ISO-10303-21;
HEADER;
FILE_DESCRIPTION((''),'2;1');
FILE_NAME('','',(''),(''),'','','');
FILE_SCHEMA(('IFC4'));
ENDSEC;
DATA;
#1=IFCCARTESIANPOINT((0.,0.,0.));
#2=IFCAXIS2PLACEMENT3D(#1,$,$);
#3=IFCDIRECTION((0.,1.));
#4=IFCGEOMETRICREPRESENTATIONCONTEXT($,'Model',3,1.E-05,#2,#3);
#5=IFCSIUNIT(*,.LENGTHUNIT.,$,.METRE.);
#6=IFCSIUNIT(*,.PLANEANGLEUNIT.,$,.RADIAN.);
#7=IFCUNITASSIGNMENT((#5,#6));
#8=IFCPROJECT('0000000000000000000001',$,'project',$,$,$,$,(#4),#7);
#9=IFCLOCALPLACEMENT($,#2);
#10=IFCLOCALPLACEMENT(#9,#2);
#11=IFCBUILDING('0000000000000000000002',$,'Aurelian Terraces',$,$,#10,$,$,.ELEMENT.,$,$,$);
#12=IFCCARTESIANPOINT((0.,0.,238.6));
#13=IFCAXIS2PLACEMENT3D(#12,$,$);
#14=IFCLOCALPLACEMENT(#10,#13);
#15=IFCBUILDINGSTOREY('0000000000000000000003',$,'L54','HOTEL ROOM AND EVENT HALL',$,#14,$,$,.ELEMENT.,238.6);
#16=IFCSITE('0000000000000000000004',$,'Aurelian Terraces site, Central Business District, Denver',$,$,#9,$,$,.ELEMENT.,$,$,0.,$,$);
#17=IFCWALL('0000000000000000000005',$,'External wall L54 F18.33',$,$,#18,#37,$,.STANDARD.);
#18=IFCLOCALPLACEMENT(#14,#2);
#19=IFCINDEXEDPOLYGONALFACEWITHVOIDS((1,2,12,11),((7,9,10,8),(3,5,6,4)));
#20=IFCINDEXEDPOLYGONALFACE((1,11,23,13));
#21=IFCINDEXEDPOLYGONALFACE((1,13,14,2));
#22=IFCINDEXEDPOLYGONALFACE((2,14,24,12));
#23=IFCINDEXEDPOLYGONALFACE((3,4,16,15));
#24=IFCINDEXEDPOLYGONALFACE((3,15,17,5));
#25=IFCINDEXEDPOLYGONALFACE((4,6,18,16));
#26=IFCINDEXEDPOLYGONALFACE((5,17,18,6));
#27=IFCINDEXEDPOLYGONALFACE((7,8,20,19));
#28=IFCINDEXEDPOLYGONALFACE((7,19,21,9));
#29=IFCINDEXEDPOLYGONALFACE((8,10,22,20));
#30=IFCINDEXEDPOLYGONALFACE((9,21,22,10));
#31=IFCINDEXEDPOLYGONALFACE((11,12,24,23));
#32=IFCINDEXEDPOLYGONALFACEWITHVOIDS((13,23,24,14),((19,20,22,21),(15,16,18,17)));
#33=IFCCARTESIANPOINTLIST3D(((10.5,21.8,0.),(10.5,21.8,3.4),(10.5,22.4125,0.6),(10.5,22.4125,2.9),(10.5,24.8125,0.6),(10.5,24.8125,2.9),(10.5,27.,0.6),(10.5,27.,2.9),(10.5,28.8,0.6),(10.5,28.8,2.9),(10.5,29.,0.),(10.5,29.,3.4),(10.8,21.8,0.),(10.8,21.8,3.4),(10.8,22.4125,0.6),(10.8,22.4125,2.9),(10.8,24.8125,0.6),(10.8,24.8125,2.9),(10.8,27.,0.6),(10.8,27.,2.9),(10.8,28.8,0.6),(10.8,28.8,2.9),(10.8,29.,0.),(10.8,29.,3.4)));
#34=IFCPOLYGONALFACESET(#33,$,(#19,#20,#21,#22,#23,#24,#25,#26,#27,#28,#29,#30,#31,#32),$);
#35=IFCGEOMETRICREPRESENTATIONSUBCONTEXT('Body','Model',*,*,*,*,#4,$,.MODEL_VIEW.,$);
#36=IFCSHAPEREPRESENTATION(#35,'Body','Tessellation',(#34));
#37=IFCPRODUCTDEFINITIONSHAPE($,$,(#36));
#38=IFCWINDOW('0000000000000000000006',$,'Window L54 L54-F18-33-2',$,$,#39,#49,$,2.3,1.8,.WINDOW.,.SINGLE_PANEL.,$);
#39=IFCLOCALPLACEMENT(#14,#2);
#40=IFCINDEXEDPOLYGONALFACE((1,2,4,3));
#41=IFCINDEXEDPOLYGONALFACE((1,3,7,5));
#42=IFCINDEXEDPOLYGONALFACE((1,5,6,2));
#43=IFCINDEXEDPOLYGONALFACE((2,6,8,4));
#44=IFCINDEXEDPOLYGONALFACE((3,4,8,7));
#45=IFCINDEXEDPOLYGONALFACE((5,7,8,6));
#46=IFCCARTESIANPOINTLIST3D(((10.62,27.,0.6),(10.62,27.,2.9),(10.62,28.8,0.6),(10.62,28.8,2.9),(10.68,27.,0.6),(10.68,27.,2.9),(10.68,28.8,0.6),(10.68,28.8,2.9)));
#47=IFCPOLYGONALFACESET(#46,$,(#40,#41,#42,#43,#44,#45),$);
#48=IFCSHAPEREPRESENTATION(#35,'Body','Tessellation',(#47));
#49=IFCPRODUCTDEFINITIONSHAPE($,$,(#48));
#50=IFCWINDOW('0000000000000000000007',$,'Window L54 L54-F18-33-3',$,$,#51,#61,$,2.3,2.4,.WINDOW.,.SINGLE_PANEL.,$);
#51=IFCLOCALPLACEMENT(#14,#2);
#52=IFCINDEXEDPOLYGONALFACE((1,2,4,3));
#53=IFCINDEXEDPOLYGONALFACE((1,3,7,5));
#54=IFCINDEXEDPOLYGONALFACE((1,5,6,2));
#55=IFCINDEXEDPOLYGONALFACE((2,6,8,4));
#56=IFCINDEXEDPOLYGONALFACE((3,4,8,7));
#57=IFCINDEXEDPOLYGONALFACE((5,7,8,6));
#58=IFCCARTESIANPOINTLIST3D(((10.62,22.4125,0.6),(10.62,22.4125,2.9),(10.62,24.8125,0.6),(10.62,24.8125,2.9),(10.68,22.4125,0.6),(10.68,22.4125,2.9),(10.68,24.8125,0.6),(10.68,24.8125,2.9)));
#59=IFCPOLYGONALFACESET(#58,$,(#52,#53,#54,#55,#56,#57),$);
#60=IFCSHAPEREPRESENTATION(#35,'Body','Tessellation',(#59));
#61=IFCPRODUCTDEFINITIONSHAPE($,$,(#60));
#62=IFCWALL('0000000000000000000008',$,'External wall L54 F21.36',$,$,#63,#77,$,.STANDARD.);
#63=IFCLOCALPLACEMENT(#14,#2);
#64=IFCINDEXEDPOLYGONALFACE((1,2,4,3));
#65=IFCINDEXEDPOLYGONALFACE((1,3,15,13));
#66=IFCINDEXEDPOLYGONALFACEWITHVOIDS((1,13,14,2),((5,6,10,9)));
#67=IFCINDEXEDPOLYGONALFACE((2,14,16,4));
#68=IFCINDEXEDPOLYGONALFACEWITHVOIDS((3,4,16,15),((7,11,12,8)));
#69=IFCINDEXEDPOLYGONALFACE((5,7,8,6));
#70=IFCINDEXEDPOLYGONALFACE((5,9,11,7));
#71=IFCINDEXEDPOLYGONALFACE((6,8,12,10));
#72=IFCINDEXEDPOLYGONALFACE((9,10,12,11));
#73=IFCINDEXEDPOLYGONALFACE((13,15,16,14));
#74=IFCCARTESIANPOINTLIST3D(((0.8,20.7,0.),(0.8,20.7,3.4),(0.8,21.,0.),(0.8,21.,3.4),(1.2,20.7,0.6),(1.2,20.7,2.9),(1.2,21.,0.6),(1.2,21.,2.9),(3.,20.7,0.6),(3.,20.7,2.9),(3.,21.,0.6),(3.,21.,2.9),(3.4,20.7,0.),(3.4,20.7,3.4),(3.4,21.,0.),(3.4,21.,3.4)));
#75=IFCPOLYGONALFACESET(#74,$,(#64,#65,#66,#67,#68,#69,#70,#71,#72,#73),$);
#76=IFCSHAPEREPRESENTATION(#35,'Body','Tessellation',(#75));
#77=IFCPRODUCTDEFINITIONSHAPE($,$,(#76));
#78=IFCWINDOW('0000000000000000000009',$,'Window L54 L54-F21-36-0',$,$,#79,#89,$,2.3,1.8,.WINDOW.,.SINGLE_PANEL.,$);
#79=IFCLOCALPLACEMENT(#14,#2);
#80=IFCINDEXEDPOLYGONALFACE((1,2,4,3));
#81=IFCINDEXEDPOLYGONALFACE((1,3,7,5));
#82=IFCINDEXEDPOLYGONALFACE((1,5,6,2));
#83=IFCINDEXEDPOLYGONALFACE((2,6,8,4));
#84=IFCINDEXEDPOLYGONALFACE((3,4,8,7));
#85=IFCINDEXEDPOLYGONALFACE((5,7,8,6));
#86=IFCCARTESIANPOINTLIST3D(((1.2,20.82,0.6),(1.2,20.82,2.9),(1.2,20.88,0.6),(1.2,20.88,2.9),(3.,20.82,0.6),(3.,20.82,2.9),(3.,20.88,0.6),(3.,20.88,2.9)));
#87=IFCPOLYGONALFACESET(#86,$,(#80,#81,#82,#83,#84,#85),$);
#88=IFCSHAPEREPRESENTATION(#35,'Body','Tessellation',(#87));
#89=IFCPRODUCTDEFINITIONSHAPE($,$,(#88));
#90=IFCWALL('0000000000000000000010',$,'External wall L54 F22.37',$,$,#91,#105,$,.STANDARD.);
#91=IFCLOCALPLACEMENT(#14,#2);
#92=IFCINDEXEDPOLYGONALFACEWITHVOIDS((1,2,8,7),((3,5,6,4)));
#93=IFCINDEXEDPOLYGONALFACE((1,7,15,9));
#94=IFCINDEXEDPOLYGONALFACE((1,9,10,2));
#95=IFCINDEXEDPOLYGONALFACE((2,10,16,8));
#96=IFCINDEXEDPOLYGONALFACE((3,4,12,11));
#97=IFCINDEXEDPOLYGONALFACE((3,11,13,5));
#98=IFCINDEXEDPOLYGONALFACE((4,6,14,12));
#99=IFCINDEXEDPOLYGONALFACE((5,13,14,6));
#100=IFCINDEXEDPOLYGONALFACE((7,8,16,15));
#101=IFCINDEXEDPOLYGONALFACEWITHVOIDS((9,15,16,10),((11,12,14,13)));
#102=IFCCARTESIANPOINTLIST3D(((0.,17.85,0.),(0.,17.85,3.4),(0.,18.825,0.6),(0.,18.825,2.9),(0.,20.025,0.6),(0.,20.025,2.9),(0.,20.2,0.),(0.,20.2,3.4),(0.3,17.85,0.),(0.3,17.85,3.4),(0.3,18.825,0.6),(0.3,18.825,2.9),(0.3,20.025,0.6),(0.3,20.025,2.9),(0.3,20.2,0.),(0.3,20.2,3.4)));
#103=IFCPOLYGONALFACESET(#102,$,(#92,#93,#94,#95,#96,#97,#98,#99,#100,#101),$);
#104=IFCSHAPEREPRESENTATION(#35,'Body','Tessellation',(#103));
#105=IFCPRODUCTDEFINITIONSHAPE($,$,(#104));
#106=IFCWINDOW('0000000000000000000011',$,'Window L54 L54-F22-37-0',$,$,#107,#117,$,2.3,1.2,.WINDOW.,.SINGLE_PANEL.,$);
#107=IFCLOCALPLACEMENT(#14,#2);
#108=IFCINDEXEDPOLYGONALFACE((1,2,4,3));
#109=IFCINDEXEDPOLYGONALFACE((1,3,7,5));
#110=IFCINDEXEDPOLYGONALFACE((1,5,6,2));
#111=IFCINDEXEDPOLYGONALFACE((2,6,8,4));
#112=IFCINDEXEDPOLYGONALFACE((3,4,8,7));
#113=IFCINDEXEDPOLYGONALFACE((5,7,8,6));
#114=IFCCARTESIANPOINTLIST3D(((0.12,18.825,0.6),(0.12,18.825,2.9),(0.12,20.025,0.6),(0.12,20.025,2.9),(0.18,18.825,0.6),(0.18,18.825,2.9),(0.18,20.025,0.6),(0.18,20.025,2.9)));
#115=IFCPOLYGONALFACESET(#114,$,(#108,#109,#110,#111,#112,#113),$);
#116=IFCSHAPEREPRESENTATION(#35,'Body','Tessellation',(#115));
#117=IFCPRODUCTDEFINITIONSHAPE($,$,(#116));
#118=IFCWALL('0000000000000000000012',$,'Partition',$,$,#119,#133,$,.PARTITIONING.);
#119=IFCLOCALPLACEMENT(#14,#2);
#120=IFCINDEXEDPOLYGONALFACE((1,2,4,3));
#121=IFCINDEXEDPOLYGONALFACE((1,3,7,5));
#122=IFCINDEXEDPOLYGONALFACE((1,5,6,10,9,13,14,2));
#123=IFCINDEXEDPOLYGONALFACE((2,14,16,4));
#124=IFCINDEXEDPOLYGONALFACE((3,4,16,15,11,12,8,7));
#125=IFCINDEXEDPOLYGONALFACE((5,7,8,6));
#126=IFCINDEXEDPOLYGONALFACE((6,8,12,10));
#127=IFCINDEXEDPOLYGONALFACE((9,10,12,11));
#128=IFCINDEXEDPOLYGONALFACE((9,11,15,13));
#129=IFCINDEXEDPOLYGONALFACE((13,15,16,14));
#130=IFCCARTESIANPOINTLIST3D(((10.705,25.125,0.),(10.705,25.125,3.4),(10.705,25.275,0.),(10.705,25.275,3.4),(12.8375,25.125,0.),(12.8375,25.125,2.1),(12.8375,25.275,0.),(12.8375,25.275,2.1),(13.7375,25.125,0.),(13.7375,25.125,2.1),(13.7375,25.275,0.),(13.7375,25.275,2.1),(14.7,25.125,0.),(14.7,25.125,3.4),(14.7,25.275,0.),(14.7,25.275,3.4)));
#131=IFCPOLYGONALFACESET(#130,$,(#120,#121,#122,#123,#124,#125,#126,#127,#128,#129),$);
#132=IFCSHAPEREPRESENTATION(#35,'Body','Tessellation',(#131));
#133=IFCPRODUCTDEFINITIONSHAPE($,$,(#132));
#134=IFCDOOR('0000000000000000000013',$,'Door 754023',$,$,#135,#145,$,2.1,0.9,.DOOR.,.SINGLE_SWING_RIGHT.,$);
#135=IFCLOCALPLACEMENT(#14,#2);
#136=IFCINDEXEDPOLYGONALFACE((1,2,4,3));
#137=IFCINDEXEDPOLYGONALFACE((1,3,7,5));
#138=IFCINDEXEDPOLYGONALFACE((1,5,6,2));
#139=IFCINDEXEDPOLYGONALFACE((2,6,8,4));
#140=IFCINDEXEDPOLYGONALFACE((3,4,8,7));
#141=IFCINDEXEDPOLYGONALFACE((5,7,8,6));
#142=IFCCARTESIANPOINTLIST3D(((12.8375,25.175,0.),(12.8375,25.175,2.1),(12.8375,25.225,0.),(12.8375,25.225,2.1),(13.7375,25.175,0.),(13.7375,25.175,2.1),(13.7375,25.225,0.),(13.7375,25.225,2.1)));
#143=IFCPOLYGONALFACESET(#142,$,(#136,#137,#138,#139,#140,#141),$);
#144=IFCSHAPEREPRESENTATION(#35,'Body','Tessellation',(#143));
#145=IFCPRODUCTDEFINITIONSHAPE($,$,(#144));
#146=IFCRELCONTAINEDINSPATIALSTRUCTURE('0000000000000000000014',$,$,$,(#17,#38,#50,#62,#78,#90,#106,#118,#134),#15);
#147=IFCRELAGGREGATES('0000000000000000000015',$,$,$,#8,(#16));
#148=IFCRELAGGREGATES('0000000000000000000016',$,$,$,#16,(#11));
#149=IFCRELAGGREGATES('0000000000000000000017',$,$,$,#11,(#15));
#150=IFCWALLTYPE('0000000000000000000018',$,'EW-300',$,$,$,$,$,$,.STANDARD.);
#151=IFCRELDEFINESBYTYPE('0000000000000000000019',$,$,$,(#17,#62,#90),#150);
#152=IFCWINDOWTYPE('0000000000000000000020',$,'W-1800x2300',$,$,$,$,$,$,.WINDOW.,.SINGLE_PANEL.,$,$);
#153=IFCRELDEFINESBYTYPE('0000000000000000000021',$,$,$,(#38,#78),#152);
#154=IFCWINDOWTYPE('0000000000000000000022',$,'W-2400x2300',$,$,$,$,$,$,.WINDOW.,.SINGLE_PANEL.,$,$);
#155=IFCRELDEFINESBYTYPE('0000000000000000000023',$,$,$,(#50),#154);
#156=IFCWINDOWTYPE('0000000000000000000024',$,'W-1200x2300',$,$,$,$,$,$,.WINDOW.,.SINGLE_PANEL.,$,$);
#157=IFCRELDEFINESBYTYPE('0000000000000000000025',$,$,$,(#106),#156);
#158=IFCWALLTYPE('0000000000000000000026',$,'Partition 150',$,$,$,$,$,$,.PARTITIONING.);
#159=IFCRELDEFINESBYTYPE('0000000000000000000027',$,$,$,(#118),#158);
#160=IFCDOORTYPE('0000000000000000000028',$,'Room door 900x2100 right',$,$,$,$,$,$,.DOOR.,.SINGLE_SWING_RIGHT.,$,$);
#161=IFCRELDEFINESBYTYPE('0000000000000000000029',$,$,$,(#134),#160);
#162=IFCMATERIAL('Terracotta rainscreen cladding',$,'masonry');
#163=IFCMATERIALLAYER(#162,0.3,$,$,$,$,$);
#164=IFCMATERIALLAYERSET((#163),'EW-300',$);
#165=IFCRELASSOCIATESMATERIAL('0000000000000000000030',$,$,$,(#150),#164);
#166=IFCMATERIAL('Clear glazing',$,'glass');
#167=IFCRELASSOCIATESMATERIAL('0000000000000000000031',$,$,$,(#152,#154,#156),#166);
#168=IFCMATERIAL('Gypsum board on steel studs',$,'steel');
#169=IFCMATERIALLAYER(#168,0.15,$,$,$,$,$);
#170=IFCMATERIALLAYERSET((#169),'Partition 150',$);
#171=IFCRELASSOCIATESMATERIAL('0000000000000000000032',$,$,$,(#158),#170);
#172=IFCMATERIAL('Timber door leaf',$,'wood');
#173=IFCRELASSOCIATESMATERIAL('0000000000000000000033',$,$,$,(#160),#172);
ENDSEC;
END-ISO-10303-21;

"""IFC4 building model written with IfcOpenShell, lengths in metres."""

from ifc_helpers import new_model, si_unit, direction, frame, frame_2d, origin, place, context, subcontext, project, spatial, rectangle, extrude, source, transform, mapped, material, layer, layer_set, type_object, element, fill, save


model = new_model("IFC4")

# Units and contexts
model_context = context("Model", 3, precision=1e-05, world=origin(), true_north=direction((0.0, 1.0)))
body_context = subcontext(model_context, "Body", "Model", "MODEL_VIEW")
ifc_project = project(units=[si_unit("LENGTHUNIT", "METRE"), si_unit("PLANEANGLEUNIT", "RADIAN")], contexts=[model_context])

# Site, building, storey
site_placement = place(None, origin())
site = spatial("IfcSite", under=ifc_project, at=site_placement, Name="Aurelian Terraces site, Central Business District, Denver", CompositionType="ELEMENT", RefElevation=0.0)
building_placement = place(site_placement, origin())
building = spatial("IfcBuilding", under=site, at=building_placement, Name="Aurelian Terraces", CompositionType="ELEMENT")
storey_placement = place(building_placement, frame((0.0, 0.0, 238.6)))
storey = spatial("IfcBuildingStorey", under=building, at=storey_placement, Name="L54", Description="HOTEL ROOM AND EVENT HALL", CompositionType="ELEMENT", Elevation=238.6)

# Wall, openings, windows
ifc_material_1 = material(Name="Terracotta rainscreen cladding", Category="masonry")
ifc_layer_1 = layer(ifc_material_1, 0.3)
ifc_layer_set_1 = layer_set([ifc_layer_1], Name="EW-300")
wall_type_1 = type_object("IfcWallType", Name="EW-300", PredefinedType="STANDARD", material=ifc_layer_set_1)
shared_shape_1 = source(origin(), body_context, "Body", "SweptSolid", [
    extrude(rectangle(XDim=7.2, YDim=0.3, at=frame_2d((3.6, 0.0))), origin(), (0.0, 0.0, 1.0), 3.4),
])
wall_1_placement = place(storey_placement, frame((10.65, 29.0, 0.0), z_axis=(0.0, 0.0, 1.0), x_axis=(0.0, -1.0, 0.0)))
wall_1 = element("IfcWall", 1, at=wall_1_placement, inside=storey, type_object=wall_type_1, Name="External wall L54 F18.33", PredefinedType="STANDARD", context=body_context, shape_type="MappedRepresentation", body=[
    mapped(shared_shape_1, transform((0.0, 0.0, 0.0), scale=1.0)),
])
shared_shape_2 = source(origin(), body_context, "Body", "SweptSolid", [
    extrude(rectangle(XDim=1.8, YDim=2.3, at=frame_2d((0.9, 1.15))), frame((0.0, 0.16, 0.0), z_axis=(0.0, -1.0, 0.0), x_axis=(1.0, 0.0, 0.0)), (0.0, 0.0, 1.0), 0.32),
])
opening_1_placement = place(wall_1_placement, frame((0.2, 0.0, 0.6)))
opening_1 = element("IfcOpeningElement", 2, at=opening_1_placement, cuts=wall_1, PredefinedType="OPENING", context=body_context, shape_type="MappedRepresentation", body=[
    mapped(shared_shape_2, transform((0.0, 0.0, 0.0), scale=1.0)),
])
shared_shape_3 = source(origin(), body_context, "Body", "SweptSolid", [
    extrude(rectangle(XDim=2.4, YDim=2.3, at=frame_2d((1.2, 1.15))), frame((0.0, 0.16, 0.0), z_axis=(0.0, -1.0, 0.0), x_axis=(1.0, 0.0, 0.0)), (0.0, 0.0, 1.0), 0.32),
])
opening_2_placement = place(wall_1_placement, frame((4.1875, 0.0, 0.6)))
opening_2 = element("IfcOpeningElement", 3, at=opening_2_placement, cuts=wall_1, PredefinedType="OPENING", context=body_context, shape_type="MappedRepresentation", body=[
    mapped(shared_shape_3, transform((0.0, 0.0, 0.0), scale=1.0)),
])
ifc_material_2 = material(Name="Clear glazing", Category="glass")
window_type_1 = type_object("IfcWindowType", Name="W-1800x2300", PartitioningType="SINGLE_PANEL", PredefinedType="WINDOW", material=ifc_material_2)
shared_shape_4 = source(origin(), body_context, "Body", "SweptSolid", [
    extrude(rectangle(XDim=1.8, YDim=2.3, at=frame_2d((0.9, 1.15))), frame((0.0, 0.03, 0.0), z_axis=(0.0, -1.0, 0.0), x_axis=(1.0, 0.0, 0.0)), (0.0, 0.0, 1.0), 0.06),
])
window_1_placement = place(opening_1_placement, origin())
window_1 = element("IfcWindow", 4, at=window_1_placement, inside=storey, type_object=window_type_1, Name="Window L54 L54-F18-33-2", OverallHeight=2.3, OverallWidth=1.8, PartitioningType="SINGLE_PANEL", PredefinedType="WINDOW", context=body_context, shape_type="MappedRepresentation", body=[
    mapped(shared_shape_4, transform((0.0, 0.0, 0.0), scale=1.0)),
])
fill(opening_1, window_1)
window_type_2 = type_object("IfcWindowType", Name="W-2400x2300", PartitioningType="SINGLE_PANEL", PredefinedType="WINDOW", material=ifc_material_2)
shared_shape_5 = source(origin(), body_context, "Body", "SweptSolid", [
    extrude(rectangle(XDim=2.4, YDim=2.3, at=frame_2d((1.2, 1.15))), frame((0.0, 0.03, 0.0), z_axis=(0.0, -1.0, 0.0), x_axis=(1.0, 0.0, 0.0)), (0.0, 0.0, 1.0), 0.06),
])
window_2_placement = place(opening_2_placement, origin())
window_2 = element("IfcWindow", 5, at=window_2_placement, inside=storey, type_object=window_type_2, Name="Window L54 L54-F18-33-3", OverallHeight=2.3, OverallWidth=2.4, PartitioningType="SINGLE_PANEL", PredefinedType="WINDOW", context=body_context, shape_type="MappedRepresentation", body=[
    mapped(shared_shape_5, transform((0.0, 0.0, 0.0), scale=1.0)),
])
fill(opening_2, window_2)

# Walls, openings, windows
shared_shape_6 = source(origin(), body_context, "Body", "SweptSolid", [
    extrude(rectangle(XDim=2.6, YDim=0.3, at=frame_2d((1.3, 0.0))), origin(), (0.0, 0.0, 1.0), 3.4),
])
wall_2_placement = place(storey_placement, frame((3.4, 20.85, 0.0), z_axis=(0.0, 0.0, 1.0), x_axis=(-1.0, 0.0, 0.0)))
wall_2 = element("IfcWall", 6, at=wall_2_placement, inside=storey, type_object=wall_type_1, Name="External wall L54 F21.36", PredefinedType="STANDARD", context=body_context, shape_type="MappedRepresentation", body=[
    mapped(shared_shape_6, transform((0.0, 0.0, 0.0), scale=1.0)),
])
opening_3_placement = place(wall_2_placement, frame((0.4, 0.0, 0.6)))
opening_3 = element("IfcOpeningElement", 7, at=opening_3_placement, cuts=wall_2, PredefinedType="OPENING", context=body_context, shape_type="MappedRepresentation", body=[
    mapped(shared_shape_2, transform((0.0, 0.0, 0.0), scale=1.0)),
])
window_3_placement = place(opening_3_placement, origin())
window_3 = element("IfcWindow", 8, at=window_3_placement, inside=storey, type_object=window_type_1, Name="Window L54 L54-F21-36-0", OverallHeight=2.3, OverallWidth=1.8, PartitioningType="SINGLE_PANEL", PredefinedType="WINDOW", context=body_context, shape_type="MappedRepresentation", body=[
    mapped(shared_shape_4, transform((0.0, 0.0, 0.0), scale=1.0)),
])
fill(opening_3, window_3)
shared_shape_7 = source(origin(), body_context, "Body", "SweptSolid", [
    extrude(rectangle(XDim=2.35, YDim=0.3, at=frame_2d((1.175, 0.0))), origin(), (0.0, 0.0, 1.0), 3.4),
])
wall_3_placement = place(storey_placement, frame((0.15, 20.2, 0.0), z_axis=(0.0, 0.0, 1.0), x_axis=(0.0, -1.0, 0.0)))
wall_3 = element("IfcWall", 9, at=wall_3_placement, inside=storey, type_object=wall_type_1, Name="External wall L54 F22.37", PredefinedType="STANDARD", context=body_context, shape_type="MappedRepresentation", body=[
    mapped(shared_shape_7, transform((0.0, 0.0, 0.0), scale=1.0)),
])
shared_shape_8 = source(origin(), body_context, "Body", "SweptSolid", [
    extrude(rectangle(XDim=1.2, YDim=2.3, at=frame_2d((0.6, 1.15))), frame((0.0, 0.16, 0.0), z_axis=(0.0, -1.0, 0.0), x_axis=(1.0, 0.0, 0.0)), (0.0, 0.0, 1.0), 0.32),
])
opening_4_placement = place(wall_3_placement, frame((0.175, 0.0, 0.6)))
opening_4 = element("IfcOpeningElement", 10, at=opening_4_placement, cuts=wall_3, PredefinedType="OPENING", context=body_context, shape_type="MappedRepresentation", body=[
    mapped(shared_shape_8, transform((0.0, 0.0, 0.0), scale=1.0)),
])
window_type_3 = type_object("IfcWindowType", Name="W-1200x2300", PartitioningType="SINGLE_PANEL", PredefinedType="WINDOW", material=ifc_material_2)
shared_shape_9 = source(origin(), body_context, "Body", "SweptSolid", [
    extrude(rectangle(XDim=1.2, YDim=2.3, at=frame_2d((0.6, 1.15))), frame((0.0, 0.03, 0.0), z_axis=(0.0, -1.0, 0.0), x_axis=(1.0, 0.0, 0.0)), (0.0, 0.0, 1.0), 0.06),
])
window_4_placement = place(opening_4_placement, origin())
window_4 = element("IfcWindow", 11, at=window_4_placement, inside=storey, type_object=window_type_3, Name="Window L54 L54-F22-37-0", OverallHeight=2.3, OverallWidth=1.2, PartitioningType="SINGLE_PANEL", PredefinedType="WINDOW", context=body_context, shape_type="MappedRepresentation", body=[
    mapped(shared_shape_9, transform((0.0, 0.0, 0.0), scale=1.0)),
])
fill(opening_4, window_4)

# Wall, opening, door
ifc_material_3 = material(Name="Gypsum board on steel studs", Category="steel")
ifc_layer_2 = layer(ifc_material_3, 0.15)
ifc_layer_set_2 = layer_set([ifc_layer_2], Name="Partition 150")
wall_type_2 = type_object("IfcWallType", Name="Partition 150", PredefinedType="PARTITIONING", material=ifc_layer_set_2)
shared_shape_10 = source(origin(), body_context, "Body", "SweptSolid", [
    extrude(rectangle(XDim=3.995, YDim=0.15, at=frame_2d((1.9975, 0.0))), origin(), (0.0, 0.0, 1.0), 3.4),
])
wall_4_placement = place(storey_placement, frame((10.705, 25.2, 0.0), z_axis=(0.0, 0.0, 1.0), x_axis=(1.0, 0.0, 0.0)))
wall_4 = element("IfcWall", 12, at=wall_4_placement, inside=storey, type_object=wall_type_2, Name="Partition", PredefinedType="PARTITIONING", context=body_context, shape_type="MappedRepresentation", body=[
    mapped(shared_shape_10, transform((0.0, 0.0, 0.0), scale=1.0)),
])
shared_shape_11 = source(origin(), body_context, "Body", "SweptSolid", [
    extrude(rectangle(XDim=0.9, YDim=2.1, at=frame_2d((0.45, 1.05))), frame((0.0, 0.085, 0.0), z_axis=(0.0, -1.0, 0.0), x_axis=(1.0, 0.0, 0.0)), (0.0, 0.0, 1.0), 0.17),
])
opening_5_placement = place(wall_4_placement, frame((2.1325, 0.0, 0.0)))
opening_5 = element("IfcOpeningElement", 13, at=opening_5_placement, cuts=wall_4, PredefinedType="OPENING", context=body_context, shape_type="MappedRepresentation", body=[
    mapped(shared_shape_11, transform((0.0, 0.0, 0.0), scale=1.0)),
])
ifc_material_4 = material(Name="Timber door leaf", Category="wood")
door_type_1 = type_object("IfcDoorType", Name="Room door 900x2100 right", OperationType="SINGLE_SWING_RIGHT", PredefinedType="DOOR", material=ifc_material_4)
shared_shape_12 = source(origin(), body_context, "Body", "SweptSolid", [
    extrude(rectangle(XDim=0.9, YDim=2.1, at=frame_2d((0.45, 1.05))), frame((0.0, 0.025, 0.0), z_axis=(0.0, -1.0, 0.0), x_axis=(1.0, 0.0, 0.0)), (0.0, 0.0, 1.0), 0.05),
])
door_1_placement = place(opening_5_placement, origin())
door_1 = element("IfcDoor", 14, at=door_1_placement, inside=storey, type_object=door_type_1, Name="Door 754023", OperationType="SINGLE_SWING_RIGHT", OverallHeight=2.1, OverallWidth=0.9, PredefinedType="DOOR", context=body_context, shape_type="MappedRepresentation", body=[
    mapped(shared_shape_12, transform((0.0, 0.0, 0.0), scale=1.0)),
])
fill(opening_5, door_1)

save(model, "model.ifc")
